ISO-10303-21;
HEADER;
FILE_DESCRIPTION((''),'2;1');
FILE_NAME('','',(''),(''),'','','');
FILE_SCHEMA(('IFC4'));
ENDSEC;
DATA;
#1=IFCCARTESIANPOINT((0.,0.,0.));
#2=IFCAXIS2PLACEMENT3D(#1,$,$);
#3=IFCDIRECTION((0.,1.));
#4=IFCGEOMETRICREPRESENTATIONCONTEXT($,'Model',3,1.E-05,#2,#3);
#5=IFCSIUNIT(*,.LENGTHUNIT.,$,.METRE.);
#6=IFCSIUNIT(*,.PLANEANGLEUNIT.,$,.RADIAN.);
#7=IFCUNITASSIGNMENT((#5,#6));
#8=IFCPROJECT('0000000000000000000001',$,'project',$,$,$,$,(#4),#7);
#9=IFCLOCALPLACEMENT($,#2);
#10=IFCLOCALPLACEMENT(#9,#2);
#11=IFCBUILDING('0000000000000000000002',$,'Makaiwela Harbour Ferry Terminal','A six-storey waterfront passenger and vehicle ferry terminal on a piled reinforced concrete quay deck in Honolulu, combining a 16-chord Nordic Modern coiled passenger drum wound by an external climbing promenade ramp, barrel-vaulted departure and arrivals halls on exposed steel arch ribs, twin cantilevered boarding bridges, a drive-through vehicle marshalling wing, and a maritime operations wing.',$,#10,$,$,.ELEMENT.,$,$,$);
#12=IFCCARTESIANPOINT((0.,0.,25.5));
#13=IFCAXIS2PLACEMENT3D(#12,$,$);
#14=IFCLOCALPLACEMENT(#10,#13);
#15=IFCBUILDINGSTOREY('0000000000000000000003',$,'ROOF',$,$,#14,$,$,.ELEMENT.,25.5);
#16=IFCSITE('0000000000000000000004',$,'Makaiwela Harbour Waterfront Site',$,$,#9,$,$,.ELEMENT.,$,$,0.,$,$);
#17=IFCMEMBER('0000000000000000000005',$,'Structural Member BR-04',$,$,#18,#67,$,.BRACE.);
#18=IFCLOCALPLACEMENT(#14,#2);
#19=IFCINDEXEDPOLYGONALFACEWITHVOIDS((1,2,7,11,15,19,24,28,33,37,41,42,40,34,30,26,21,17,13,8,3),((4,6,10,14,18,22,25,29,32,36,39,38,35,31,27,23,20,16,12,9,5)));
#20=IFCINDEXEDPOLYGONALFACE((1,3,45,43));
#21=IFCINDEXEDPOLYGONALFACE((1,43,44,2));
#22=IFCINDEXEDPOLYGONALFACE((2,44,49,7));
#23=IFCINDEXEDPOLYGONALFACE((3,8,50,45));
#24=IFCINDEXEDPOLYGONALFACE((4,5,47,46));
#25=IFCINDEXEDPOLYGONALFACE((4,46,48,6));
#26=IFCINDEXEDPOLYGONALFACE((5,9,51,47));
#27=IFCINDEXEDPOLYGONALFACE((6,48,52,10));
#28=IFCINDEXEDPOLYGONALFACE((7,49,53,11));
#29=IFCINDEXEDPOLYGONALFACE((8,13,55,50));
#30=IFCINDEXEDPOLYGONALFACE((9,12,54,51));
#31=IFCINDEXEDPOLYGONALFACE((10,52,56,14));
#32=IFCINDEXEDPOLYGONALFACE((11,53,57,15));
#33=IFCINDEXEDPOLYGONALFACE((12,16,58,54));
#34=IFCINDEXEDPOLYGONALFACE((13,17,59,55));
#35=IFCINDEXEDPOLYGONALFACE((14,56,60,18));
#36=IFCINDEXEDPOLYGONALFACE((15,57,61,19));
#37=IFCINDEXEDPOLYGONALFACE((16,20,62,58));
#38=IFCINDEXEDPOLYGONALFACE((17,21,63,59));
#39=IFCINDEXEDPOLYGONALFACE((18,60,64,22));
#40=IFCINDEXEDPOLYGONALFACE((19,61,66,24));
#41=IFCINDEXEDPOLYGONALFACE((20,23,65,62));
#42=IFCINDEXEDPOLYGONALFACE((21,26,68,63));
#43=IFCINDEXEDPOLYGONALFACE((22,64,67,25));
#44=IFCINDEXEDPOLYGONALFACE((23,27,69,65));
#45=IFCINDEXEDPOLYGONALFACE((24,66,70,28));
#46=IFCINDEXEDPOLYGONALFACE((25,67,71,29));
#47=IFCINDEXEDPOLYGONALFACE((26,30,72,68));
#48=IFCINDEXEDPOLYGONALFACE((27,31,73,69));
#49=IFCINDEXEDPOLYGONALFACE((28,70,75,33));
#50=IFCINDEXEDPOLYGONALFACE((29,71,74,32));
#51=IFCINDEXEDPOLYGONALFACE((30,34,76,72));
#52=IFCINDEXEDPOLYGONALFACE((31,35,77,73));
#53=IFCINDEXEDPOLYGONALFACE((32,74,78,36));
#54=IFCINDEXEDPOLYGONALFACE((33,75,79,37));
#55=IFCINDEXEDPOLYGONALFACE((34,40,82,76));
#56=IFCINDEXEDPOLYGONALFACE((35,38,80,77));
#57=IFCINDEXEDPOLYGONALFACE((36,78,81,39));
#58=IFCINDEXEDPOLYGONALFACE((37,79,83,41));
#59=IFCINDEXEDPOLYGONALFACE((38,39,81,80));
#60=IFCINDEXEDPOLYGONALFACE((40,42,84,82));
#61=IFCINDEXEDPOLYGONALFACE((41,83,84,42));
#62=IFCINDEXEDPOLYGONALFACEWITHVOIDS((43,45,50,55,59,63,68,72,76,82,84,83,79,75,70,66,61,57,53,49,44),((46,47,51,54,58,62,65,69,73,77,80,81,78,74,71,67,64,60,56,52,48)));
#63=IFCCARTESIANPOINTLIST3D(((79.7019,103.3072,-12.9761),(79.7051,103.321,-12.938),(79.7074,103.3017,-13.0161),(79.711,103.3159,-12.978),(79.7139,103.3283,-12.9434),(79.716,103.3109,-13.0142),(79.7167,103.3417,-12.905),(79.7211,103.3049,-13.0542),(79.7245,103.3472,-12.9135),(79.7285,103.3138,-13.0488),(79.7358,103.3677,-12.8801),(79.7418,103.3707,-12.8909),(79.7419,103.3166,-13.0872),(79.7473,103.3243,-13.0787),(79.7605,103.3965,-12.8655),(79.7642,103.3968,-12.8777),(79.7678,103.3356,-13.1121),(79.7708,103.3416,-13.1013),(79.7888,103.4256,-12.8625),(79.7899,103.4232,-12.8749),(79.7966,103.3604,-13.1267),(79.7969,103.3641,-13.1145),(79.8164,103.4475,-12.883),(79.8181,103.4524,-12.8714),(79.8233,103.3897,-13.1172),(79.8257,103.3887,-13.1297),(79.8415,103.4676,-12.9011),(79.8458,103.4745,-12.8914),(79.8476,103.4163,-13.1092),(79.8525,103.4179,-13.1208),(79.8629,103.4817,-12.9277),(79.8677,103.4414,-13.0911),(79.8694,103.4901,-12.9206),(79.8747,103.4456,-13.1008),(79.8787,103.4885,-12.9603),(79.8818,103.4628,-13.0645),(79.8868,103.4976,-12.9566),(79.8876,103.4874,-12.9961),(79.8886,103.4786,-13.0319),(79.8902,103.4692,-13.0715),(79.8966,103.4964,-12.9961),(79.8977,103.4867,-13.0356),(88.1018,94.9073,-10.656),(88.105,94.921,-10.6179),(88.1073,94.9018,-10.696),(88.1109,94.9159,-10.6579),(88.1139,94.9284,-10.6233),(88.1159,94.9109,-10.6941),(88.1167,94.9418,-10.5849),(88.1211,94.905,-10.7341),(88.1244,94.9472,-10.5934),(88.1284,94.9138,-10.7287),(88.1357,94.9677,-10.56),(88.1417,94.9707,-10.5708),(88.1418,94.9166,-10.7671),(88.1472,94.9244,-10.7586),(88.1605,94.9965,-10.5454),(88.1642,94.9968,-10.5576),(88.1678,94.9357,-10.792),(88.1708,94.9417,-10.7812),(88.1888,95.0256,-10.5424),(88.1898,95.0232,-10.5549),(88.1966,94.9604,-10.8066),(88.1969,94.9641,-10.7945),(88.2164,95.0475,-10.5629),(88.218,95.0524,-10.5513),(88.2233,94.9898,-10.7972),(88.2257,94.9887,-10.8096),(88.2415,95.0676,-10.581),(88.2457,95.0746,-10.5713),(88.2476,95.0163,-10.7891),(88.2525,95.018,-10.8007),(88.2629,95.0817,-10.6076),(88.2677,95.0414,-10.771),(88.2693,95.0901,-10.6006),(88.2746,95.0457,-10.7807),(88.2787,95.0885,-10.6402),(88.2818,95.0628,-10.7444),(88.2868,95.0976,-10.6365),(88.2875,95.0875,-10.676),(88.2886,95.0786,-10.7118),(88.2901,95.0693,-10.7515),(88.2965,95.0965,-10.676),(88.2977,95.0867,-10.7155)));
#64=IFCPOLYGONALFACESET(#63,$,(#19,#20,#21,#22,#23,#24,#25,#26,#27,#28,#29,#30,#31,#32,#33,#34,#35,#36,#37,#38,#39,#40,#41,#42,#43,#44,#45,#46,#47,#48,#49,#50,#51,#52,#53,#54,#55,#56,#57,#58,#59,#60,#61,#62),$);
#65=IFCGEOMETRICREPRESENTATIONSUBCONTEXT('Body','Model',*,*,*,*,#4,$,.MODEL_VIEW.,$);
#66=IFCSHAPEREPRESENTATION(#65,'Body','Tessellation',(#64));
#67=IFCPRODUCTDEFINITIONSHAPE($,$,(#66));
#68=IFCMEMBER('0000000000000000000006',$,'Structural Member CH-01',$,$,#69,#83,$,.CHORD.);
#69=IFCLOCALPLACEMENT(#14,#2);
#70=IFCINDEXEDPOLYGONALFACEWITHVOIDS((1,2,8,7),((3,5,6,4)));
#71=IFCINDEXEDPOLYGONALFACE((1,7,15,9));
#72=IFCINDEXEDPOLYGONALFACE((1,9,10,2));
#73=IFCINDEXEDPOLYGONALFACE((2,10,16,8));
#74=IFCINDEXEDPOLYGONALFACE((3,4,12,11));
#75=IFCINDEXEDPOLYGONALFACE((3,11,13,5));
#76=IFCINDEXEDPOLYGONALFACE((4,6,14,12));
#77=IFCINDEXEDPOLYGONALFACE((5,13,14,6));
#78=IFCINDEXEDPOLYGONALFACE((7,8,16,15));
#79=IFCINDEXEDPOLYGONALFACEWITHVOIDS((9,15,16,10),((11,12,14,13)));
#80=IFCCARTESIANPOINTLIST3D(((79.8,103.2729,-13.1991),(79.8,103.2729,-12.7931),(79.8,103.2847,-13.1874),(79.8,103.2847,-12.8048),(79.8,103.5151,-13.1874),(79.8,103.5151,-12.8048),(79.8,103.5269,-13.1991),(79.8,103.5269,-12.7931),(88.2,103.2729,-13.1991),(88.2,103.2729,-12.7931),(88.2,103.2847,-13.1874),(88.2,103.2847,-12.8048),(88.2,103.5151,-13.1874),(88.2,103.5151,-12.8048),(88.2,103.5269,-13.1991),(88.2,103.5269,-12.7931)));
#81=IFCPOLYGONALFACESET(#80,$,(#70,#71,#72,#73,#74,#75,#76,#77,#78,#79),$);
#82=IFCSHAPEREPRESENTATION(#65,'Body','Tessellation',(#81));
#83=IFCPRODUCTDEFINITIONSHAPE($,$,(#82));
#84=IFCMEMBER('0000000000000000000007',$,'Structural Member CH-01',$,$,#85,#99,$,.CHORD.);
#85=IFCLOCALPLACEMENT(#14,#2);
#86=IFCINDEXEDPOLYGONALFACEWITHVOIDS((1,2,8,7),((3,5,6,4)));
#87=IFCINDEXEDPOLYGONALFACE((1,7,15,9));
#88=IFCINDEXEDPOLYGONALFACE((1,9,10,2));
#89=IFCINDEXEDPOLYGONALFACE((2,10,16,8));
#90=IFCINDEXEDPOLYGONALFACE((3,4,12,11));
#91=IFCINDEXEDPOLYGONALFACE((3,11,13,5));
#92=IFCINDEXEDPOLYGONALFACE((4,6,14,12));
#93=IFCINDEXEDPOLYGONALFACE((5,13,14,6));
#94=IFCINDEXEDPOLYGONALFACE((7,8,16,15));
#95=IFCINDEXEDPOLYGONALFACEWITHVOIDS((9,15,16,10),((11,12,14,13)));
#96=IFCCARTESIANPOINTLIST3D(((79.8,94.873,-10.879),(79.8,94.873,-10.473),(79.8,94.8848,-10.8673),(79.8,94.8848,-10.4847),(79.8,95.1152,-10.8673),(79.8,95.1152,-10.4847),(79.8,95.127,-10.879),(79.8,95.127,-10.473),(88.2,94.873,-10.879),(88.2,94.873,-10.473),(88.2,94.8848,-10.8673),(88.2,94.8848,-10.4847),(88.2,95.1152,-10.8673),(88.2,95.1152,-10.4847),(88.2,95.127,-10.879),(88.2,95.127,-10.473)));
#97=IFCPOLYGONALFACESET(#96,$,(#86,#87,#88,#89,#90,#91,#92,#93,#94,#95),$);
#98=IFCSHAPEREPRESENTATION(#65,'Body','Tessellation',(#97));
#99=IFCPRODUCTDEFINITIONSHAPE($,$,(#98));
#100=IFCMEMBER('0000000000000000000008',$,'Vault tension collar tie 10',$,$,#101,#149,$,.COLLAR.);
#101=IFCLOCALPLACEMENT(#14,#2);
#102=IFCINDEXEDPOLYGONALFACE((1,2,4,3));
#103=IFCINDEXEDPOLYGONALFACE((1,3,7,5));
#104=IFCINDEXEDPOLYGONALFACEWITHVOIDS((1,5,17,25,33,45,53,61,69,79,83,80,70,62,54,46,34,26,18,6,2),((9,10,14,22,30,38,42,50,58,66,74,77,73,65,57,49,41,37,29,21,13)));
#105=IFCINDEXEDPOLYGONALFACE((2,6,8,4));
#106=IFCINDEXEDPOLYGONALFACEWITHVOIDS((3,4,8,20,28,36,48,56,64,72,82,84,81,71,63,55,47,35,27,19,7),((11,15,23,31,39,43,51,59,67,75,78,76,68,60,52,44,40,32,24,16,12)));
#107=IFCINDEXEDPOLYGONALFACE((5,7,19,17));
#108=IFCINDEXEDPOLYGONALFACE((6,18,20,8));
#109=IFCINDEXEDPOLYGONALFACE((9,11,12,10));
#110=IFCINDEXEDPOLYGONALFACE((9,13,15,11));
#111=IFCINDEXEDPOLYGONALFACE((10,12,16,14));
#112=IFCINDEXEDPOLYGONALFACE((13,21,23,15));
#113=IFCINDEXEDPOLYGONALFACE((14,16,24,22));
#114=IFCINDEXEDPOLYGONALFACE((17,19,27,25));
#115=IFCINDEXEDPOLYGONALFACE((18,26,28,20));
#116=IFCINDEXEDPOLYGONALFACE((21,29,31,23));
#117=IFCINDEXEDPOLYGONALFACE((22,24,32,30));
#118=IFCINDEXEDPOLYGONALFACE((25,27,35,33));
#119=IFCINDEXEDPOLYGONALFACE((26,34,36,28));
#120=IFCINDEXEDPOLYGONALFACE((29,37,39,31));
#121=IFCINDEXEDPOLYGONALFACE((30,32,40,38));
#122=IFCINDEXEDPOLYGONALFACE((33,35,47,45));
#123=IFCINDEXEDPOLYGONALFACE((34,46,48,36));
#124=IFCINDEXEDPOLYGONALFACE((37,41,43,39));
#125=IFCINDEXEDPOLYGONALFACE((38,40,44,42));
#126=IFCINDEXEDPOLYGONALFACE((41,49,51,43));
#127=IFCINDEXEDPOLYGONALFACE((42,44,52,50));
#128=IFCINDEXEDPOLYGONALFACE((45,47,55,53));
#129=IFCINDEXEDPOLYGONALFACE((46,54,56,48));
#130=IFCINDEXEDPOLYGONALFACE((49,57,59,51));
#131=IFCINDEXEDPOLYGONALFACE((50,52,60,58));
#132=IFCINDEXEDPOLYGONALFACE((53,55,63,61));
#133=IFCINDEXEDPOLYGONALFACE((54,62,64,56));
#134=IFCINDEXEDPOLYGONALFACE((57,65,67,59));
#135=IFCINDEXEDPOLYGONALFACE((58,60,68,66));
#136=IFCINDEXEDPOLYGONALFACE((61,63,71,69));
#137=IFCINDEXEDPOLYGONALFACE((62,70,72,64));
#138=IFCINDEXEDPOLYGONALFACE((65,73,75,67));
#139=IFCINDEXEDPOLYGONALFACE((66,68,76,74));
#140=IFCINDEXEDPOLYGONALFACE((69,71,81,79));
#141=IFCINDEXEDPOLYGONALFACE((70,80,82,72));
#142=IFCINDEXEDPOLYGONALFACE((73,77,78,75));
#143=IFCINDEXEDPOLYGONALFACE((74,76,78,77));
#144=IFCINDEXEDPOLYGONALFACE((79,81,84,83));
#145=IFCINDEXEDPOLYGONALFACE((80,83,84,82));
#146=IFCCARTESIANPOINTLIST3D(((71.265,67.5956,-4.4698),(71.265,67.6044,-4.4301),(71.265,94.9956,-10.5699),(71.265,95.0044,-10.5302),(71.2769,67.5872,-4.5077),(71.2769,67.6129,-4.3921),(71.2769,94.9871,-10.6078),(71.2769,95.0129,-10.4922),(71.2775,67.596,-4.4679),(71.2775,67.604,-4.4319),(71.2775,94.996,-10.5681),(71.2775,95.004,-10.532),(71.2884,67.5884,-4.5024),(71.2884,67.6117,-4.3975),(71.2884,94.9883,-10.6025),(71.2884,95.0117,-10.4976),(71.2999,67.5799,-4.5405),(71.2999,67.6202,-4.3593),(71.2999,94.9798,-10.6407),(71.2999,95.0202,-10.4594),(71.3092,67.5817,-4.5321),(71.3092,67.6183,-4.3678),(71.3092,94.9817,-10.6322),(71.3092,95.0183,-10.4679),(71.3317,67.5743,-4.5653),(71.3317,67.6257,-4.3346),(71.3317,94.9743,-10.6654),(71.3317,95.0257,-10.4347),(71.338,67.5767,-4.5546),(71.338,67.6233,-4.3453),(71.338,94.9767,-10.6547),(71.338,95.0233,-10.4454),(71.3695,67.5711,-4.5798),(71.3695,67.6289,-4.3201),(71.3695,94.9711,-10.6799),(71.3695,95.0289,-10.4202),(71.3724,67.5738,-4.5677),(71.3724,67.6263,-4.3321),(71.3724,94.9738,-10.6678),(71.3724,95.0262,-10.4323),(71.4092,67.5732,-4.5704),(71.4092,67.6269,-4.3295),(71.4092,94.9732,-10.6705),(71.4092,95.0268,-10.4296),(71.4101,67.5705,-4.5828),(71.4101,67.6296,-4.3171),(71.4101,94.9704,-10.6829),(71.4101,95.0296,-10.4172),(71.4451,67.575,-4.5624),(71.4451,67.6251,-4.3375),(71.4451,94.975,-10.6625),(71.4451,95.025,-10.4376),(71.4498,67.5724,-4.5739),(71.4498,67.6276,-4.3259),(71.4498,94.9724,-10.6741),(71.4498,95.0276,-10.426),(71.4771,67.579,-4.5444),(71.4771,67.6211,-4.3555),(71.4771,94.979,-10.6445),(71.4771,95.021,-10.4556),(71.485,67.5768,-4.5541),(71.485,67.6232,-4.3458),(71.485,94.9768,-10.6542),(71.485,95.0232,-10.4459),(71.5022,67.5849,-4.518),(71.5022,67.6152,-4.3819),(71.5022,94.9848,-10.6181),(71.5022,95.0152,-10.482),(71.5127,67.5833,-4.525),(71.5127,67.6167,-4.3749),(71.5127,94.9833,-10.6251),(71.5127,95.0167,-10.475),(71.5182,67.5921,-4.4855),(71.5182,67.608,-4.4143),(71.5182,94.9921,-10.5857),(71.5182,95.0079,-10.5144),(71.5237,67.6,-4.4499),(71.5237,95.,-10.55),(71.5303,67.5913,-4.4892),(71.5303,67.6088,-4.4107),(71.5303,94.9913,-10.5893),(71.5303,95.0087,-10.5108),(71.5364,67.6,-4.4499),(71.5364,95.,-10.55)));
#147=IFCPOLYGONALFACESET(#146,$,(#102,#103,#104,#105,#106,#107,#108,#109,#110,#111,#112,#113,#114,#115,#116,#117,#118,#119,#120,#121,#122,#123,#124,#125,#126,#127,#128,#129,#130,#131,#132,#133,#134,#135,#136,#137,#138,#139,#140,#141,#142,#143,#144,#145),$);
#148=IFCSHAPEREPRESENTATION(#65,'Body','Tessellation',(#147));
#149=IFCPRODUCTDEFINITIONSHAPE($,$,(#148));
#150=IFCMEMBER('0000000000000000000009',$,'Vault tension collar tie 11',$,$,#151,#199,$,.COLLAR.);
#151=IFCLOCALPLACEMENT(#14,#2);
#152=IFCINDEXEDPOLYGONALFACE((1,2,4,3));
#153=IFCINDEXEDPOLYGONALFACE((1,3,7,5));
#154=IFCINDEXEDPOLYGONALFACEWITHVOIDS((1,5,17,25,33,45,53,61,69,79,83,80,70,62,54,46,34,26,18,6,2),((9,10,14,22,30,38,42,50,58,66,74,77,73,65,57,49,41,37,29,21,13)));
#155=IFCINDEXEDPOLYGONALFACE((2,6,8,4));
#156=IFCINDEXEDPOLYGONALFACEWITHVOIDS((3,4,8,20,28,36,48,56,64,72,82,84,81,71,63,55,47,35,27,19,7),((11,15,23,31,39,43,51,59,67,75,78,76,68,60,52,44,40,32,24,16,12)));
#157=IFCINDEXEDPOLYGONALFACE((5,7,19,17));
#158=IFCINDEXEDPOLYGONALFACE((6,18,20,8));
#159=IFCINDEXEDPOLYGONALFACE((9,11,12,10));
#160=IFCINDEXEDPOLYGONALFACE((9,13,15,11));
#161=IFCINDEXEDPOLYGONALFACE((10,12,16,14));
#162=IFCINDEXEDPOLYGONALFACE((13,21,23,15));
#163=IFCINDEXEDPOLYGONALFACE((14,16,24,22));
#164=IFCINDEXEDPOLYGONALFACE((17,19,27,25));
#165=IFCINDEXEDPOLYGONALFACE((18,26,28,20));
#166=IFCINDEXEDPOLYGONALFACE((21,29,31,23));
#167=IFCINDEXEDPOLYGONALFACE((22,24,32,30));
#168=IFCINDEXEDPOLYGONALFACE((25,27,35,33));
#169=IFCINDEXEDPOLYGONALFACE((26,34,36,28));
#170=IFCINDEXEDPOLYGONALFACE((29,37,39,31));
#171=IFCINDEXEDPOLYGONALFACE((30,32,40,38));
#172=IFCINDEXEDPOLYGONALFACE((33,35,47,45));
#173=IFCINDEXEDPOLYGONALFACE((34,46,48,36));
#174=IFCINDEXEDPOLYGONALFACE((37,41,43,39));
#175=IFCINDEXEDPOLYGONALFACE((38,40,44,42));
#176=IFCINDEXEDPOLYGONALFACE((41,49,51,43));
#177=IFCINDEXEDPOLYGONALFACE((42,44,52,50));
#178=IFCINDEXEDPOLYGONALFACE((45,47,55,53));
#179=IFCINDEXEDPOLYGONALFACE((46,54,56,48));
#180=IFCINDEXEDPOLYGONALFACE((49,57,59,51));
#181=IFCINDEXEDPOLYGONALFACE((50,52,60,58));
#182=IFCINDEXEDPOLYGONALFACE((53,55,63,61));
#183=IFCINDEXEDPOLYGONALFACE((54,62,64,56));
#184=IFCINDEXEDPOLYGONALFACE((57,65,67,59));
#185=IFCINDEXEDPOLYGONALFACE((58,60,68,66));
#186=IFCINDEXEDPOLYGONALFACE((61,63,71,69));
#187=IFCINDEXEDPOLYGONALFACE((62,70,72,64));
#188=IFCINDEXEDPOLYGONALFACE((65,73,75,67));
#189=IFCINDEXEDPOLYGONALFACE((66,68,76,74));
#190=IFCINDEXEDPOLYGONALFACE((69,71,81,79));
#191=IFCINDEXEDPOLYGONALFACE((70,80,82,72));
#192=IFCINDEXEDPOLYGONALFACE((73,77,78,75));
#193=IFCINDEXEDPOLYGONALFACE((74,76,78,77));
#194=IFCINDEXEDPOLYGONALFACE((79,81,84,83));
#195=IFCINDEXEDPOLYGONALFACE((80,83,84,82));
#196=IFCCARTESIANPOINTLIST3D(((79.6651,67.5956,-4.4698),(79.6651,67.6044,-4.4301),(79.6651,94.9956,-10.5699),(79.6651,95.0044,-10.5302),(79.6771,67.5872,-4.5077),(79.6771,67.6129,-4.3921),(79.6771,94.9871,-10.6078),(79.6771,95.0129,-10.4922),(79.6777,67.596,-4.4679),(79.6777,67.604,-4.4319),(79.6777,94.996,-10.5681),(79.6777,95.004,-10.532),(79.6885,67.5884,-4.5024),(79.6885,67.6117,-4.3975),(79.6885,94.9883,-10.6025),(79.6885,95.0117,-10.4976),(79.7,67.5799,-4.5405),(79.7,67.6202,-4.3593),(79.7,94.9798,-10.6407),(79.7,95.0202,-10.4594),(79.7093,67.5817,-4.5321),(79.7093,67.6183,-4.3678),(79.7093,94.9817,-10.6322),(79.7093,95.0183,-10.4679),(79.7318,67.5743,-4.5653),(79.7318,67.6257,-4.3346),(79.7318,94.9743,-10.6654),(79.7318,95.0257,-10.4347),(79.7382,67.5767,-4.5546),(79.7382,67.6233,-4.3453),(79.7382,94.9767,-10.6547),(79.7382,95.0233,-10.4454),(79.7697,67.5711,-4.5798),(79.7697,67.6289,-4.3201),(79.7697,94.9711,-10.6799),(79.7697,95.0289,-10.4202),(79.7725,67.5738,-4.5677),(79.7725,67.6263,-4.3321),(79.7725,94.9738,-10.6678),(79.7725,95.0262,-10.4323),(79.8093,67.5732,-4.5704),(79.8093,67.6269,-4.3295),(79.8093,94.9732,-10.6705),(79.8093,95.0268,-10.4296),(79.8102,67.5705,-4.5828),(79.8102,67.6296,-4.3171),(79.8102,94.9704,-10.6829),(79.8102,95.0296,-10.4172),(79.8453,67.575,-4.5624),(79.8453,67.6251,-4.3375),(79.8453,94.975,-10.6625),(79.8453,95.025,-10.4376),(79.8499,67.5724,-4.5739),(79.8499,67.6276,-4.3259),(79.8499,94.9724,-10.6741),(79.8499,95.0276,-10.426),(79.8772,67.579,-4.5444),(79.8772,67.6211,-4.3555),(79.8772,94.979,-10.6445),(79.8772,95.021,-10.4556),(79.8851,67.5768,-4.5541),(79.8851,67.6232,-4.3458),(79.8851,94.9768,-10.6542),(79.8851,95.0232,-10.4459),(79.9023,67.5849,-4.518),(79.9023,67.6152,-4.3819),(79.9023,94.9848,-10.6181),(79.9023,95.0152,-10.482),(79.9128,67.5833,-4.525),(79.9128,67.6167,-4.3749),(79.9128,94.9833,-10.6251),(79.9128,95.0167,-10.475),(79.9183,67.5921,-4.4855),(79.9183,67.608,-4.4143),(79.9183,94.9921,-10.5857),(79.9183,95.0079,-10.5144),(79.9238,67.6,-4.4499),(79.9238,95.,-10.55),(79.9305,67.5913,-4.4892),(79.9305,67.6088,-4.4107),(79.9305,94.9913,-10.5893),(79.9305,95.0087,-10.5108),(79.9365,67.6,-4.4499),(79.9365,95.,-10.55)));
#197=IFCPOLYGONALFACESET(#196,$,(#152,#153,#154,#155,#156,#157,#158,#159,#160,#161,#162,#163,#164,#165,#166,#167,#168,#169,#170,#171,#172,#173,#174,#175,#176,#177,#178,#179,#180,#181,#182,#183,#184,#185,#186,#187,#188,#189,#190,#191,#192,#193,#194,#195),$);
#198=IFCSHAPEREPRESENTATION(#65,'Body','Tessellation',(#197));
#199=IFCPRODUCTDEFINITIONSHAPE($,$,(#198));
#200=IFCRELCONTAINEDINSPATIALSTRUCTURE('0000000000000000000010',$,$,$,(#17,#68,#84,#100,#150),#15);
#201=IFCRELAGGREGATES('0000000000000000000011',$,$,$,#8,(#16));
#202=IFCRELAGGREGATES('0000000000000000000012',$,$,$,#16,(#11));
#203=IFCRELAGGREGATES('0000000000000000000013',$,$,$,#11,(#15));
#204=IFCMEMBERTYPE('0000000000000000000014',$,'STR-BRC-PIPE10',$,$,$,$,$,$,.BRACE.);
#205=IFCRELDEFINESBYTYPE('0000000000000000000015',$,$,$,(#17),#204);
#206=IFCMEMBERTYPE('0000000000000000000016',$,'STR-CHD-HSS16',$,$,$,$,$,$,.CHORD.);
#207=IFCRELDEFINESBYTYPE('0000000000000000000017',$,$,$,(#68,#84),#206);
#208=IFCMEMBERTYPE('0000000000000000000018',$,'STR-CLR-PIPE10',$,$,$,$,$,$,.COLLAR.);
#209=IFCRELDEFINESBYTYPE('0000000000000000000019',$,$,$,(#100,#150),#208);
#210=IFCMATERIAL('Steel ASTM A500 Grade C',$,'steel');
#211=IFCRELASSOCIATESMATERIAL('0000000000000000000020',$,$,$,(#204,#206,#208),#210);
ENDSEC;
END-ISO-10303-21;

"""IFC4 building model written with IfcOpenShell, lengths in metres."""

from ifc_helpers import new_model, si_unit, direction, frame, origin, origin_2d, place, context, subcontext, project, spatial, hollow_rectangle, hollow_circle, extrude, material, material_profile, profile_set, type_object, element, save


model = new_model("IFC4")

# Units and contexts
model_context = context("Model", 3, precision=1e-05, world=origin(), true_north=direction((0.0, 1.0)))
body_context = subcontext(model_context, "Body", "Model", "MODEL_VIEW")
ifc_project = project(units=[si_unit("LENGTHUNIT", "METRE"), si_unit("PLANEANGLEUNIT", "RADIAN")], contexts=[model_context])

# Site, building, storey
site_placement = place(None, origin())
site = spatial("IfcSite", under=ifc_project, at=site_placement, Name="Makaiwela Harbour Waterfront Site", CompositionType="ELEMENT", RefElevation=0.0)
building_placement = place(site_placement, origin())
building = spatial("IfcBuilding", under=site, at=building_placement, Name="Makaiwela Harbour Ferry Terminal", Description="A six-storey waterfront passenger and vehicle ferry terminal on a piled reinforced concrete quay deck in Honolulu, combining a 16-chord Nordic Modern coiled passenger drum wound by an external climbing promenade ramp, barrel-vaulted departure and arrivals halls on exposed steel arch ribs, twin cantilevered boarding bridges, a drive-through vehicle marshalling wing, and a maritime operations wing.", CompositionType="ELEMENT")
storey_placement = place(building_placement, frame((0.0, 0.0, 25.5)))
storey = spatial("IfcBuildingStorey", under=building, at=storey_placement, Name="ROOF", CompositionType="ELEMENT", Elevation=25.5)

# Members
ifc_material_1 = material(Name="Steel ASTM A500 Grade C", Category="steel")
ifc_material_profile_1 = material_profile(ifc_material_1, hollow_circle(Radius=0.1365, WallThickness=0.0127, at=origin_2d()), Name="PIPE10XS")
ifc_profile_set_1 = profile_set([ifc_material_profile_1], Name="Steel ASTM A500 Grade C")
member_type_1 = type_object("IfcMemberType", Name="STR-BRC-PIPE10", PredefinedType="BRACE", material=ifc_profile_set_1)
member_1_placement = place(storey_placement, frame((79.8, 103.3999, -12.9961), z_axis=(0.693995, -0.693995, 0.191683), x_axis=(0.707107, 0.707107, 0.0)))
element("IfcMember", 1, at=member_1_placement, inside=storey, type_object=member_type_1, Name="Structural Member BR-04", PredefinedType="BRACE", context=body_context, shape_type="SweptSolid", body=[
    extrude(hollow_circle(Radius=0.1365, WallThickness=0.0127, at=origin_2d()), origin(), (0.0, 0.0, 1.0), 12.1038),
])
ifc_material_profile_2 = material_profile(ifc_material_1, hollow_rectangle(XDim=0.2539, YDim=0.406, WallThickness=0.0117, at=origin_2d()), Name="HSS16X10X1/2")
ifc_profile_set_2 = profile_set([ifc_material_profile_2], Name="Steel ASTM A500 Grade C")
member_type_2 = type_object("IfcMemberType", Name="STR-CHD-HSS16", PredefinedType="CHORD", material=ifc_profile_set_2)
for number, where, z_axis, x_axis, name in (
    (2, (79.8, 103.3999, -12.9961), (1.0, 0.0, 0.0), (0.0, 1.0, 0.0), "Structural Member CH-01"),
    (3, (79.8, 95.0, -10.676), (1.0, 0.0, 0.0), (0.0, 1.0, 0.0), "Structural Member CH-01"),
):
    element("IfcMember", number, at=place(storey_placement, frame(where, z_axis=z_axis, x_axis=x_axis)), inside=storey, type_object=member_type_2, Name=name, PredefinedType="CHORD", context=body_context, shape_type="SweptSolid", body=[
        extrude(hollow_rectangle(XDim=0.2539, YDim=0.406, WallThickness=0.0117, at=origin_2d()), origin(), (0.0, 0.0, 1.0), 8.3999),
    ])
ifc_material_profile_3 = material_profile(ifc_material_1, hollow_circle(Radius=0.1365, WallThickness=0.0127, at=origin_2d()), Name="PIPE10XS")
ifc_profile_set_3 = profile_set([ifc_material_profile_3], Name="Steel ASTM A500 Grade C")
member_type_3 = type_object("IfcMemberType", Name="STR-CLR-PIPE10", PredefinedType="COLLAR", material=ifc_profile_set_3)
for number, where, z_axis, x_axis, name in (
    (4, (71.3999, 95.0, -10.55), (0.0, -0.976102, 0.217312), (1.0, 0.0, 0.0), "Vault tension collar tie 10"),
    (5, (79.8, 95.0, -10.55), (0.0, -0.976102, 0.217312), (1.0, 0.0, 0.0), "Vault tension collar tie 11"),
):
    element("IfcMember", number, at=place(storey_placement, frame(where, z_axis=z_axis, x_axis=x_axis)), inside=storey, type_object=member_type_3, Name=name, PredefinedType="COLLAR", context=body_context, shape_type="SweptSolid", body=[
        extrude(hollow_circle(Radius=0.1365, WallThickness=0.0127, at=origin_2d()), origin(), (0.0, 0.0, 1.0), 28.0708),
    ])

save(model, "model.ifc")
